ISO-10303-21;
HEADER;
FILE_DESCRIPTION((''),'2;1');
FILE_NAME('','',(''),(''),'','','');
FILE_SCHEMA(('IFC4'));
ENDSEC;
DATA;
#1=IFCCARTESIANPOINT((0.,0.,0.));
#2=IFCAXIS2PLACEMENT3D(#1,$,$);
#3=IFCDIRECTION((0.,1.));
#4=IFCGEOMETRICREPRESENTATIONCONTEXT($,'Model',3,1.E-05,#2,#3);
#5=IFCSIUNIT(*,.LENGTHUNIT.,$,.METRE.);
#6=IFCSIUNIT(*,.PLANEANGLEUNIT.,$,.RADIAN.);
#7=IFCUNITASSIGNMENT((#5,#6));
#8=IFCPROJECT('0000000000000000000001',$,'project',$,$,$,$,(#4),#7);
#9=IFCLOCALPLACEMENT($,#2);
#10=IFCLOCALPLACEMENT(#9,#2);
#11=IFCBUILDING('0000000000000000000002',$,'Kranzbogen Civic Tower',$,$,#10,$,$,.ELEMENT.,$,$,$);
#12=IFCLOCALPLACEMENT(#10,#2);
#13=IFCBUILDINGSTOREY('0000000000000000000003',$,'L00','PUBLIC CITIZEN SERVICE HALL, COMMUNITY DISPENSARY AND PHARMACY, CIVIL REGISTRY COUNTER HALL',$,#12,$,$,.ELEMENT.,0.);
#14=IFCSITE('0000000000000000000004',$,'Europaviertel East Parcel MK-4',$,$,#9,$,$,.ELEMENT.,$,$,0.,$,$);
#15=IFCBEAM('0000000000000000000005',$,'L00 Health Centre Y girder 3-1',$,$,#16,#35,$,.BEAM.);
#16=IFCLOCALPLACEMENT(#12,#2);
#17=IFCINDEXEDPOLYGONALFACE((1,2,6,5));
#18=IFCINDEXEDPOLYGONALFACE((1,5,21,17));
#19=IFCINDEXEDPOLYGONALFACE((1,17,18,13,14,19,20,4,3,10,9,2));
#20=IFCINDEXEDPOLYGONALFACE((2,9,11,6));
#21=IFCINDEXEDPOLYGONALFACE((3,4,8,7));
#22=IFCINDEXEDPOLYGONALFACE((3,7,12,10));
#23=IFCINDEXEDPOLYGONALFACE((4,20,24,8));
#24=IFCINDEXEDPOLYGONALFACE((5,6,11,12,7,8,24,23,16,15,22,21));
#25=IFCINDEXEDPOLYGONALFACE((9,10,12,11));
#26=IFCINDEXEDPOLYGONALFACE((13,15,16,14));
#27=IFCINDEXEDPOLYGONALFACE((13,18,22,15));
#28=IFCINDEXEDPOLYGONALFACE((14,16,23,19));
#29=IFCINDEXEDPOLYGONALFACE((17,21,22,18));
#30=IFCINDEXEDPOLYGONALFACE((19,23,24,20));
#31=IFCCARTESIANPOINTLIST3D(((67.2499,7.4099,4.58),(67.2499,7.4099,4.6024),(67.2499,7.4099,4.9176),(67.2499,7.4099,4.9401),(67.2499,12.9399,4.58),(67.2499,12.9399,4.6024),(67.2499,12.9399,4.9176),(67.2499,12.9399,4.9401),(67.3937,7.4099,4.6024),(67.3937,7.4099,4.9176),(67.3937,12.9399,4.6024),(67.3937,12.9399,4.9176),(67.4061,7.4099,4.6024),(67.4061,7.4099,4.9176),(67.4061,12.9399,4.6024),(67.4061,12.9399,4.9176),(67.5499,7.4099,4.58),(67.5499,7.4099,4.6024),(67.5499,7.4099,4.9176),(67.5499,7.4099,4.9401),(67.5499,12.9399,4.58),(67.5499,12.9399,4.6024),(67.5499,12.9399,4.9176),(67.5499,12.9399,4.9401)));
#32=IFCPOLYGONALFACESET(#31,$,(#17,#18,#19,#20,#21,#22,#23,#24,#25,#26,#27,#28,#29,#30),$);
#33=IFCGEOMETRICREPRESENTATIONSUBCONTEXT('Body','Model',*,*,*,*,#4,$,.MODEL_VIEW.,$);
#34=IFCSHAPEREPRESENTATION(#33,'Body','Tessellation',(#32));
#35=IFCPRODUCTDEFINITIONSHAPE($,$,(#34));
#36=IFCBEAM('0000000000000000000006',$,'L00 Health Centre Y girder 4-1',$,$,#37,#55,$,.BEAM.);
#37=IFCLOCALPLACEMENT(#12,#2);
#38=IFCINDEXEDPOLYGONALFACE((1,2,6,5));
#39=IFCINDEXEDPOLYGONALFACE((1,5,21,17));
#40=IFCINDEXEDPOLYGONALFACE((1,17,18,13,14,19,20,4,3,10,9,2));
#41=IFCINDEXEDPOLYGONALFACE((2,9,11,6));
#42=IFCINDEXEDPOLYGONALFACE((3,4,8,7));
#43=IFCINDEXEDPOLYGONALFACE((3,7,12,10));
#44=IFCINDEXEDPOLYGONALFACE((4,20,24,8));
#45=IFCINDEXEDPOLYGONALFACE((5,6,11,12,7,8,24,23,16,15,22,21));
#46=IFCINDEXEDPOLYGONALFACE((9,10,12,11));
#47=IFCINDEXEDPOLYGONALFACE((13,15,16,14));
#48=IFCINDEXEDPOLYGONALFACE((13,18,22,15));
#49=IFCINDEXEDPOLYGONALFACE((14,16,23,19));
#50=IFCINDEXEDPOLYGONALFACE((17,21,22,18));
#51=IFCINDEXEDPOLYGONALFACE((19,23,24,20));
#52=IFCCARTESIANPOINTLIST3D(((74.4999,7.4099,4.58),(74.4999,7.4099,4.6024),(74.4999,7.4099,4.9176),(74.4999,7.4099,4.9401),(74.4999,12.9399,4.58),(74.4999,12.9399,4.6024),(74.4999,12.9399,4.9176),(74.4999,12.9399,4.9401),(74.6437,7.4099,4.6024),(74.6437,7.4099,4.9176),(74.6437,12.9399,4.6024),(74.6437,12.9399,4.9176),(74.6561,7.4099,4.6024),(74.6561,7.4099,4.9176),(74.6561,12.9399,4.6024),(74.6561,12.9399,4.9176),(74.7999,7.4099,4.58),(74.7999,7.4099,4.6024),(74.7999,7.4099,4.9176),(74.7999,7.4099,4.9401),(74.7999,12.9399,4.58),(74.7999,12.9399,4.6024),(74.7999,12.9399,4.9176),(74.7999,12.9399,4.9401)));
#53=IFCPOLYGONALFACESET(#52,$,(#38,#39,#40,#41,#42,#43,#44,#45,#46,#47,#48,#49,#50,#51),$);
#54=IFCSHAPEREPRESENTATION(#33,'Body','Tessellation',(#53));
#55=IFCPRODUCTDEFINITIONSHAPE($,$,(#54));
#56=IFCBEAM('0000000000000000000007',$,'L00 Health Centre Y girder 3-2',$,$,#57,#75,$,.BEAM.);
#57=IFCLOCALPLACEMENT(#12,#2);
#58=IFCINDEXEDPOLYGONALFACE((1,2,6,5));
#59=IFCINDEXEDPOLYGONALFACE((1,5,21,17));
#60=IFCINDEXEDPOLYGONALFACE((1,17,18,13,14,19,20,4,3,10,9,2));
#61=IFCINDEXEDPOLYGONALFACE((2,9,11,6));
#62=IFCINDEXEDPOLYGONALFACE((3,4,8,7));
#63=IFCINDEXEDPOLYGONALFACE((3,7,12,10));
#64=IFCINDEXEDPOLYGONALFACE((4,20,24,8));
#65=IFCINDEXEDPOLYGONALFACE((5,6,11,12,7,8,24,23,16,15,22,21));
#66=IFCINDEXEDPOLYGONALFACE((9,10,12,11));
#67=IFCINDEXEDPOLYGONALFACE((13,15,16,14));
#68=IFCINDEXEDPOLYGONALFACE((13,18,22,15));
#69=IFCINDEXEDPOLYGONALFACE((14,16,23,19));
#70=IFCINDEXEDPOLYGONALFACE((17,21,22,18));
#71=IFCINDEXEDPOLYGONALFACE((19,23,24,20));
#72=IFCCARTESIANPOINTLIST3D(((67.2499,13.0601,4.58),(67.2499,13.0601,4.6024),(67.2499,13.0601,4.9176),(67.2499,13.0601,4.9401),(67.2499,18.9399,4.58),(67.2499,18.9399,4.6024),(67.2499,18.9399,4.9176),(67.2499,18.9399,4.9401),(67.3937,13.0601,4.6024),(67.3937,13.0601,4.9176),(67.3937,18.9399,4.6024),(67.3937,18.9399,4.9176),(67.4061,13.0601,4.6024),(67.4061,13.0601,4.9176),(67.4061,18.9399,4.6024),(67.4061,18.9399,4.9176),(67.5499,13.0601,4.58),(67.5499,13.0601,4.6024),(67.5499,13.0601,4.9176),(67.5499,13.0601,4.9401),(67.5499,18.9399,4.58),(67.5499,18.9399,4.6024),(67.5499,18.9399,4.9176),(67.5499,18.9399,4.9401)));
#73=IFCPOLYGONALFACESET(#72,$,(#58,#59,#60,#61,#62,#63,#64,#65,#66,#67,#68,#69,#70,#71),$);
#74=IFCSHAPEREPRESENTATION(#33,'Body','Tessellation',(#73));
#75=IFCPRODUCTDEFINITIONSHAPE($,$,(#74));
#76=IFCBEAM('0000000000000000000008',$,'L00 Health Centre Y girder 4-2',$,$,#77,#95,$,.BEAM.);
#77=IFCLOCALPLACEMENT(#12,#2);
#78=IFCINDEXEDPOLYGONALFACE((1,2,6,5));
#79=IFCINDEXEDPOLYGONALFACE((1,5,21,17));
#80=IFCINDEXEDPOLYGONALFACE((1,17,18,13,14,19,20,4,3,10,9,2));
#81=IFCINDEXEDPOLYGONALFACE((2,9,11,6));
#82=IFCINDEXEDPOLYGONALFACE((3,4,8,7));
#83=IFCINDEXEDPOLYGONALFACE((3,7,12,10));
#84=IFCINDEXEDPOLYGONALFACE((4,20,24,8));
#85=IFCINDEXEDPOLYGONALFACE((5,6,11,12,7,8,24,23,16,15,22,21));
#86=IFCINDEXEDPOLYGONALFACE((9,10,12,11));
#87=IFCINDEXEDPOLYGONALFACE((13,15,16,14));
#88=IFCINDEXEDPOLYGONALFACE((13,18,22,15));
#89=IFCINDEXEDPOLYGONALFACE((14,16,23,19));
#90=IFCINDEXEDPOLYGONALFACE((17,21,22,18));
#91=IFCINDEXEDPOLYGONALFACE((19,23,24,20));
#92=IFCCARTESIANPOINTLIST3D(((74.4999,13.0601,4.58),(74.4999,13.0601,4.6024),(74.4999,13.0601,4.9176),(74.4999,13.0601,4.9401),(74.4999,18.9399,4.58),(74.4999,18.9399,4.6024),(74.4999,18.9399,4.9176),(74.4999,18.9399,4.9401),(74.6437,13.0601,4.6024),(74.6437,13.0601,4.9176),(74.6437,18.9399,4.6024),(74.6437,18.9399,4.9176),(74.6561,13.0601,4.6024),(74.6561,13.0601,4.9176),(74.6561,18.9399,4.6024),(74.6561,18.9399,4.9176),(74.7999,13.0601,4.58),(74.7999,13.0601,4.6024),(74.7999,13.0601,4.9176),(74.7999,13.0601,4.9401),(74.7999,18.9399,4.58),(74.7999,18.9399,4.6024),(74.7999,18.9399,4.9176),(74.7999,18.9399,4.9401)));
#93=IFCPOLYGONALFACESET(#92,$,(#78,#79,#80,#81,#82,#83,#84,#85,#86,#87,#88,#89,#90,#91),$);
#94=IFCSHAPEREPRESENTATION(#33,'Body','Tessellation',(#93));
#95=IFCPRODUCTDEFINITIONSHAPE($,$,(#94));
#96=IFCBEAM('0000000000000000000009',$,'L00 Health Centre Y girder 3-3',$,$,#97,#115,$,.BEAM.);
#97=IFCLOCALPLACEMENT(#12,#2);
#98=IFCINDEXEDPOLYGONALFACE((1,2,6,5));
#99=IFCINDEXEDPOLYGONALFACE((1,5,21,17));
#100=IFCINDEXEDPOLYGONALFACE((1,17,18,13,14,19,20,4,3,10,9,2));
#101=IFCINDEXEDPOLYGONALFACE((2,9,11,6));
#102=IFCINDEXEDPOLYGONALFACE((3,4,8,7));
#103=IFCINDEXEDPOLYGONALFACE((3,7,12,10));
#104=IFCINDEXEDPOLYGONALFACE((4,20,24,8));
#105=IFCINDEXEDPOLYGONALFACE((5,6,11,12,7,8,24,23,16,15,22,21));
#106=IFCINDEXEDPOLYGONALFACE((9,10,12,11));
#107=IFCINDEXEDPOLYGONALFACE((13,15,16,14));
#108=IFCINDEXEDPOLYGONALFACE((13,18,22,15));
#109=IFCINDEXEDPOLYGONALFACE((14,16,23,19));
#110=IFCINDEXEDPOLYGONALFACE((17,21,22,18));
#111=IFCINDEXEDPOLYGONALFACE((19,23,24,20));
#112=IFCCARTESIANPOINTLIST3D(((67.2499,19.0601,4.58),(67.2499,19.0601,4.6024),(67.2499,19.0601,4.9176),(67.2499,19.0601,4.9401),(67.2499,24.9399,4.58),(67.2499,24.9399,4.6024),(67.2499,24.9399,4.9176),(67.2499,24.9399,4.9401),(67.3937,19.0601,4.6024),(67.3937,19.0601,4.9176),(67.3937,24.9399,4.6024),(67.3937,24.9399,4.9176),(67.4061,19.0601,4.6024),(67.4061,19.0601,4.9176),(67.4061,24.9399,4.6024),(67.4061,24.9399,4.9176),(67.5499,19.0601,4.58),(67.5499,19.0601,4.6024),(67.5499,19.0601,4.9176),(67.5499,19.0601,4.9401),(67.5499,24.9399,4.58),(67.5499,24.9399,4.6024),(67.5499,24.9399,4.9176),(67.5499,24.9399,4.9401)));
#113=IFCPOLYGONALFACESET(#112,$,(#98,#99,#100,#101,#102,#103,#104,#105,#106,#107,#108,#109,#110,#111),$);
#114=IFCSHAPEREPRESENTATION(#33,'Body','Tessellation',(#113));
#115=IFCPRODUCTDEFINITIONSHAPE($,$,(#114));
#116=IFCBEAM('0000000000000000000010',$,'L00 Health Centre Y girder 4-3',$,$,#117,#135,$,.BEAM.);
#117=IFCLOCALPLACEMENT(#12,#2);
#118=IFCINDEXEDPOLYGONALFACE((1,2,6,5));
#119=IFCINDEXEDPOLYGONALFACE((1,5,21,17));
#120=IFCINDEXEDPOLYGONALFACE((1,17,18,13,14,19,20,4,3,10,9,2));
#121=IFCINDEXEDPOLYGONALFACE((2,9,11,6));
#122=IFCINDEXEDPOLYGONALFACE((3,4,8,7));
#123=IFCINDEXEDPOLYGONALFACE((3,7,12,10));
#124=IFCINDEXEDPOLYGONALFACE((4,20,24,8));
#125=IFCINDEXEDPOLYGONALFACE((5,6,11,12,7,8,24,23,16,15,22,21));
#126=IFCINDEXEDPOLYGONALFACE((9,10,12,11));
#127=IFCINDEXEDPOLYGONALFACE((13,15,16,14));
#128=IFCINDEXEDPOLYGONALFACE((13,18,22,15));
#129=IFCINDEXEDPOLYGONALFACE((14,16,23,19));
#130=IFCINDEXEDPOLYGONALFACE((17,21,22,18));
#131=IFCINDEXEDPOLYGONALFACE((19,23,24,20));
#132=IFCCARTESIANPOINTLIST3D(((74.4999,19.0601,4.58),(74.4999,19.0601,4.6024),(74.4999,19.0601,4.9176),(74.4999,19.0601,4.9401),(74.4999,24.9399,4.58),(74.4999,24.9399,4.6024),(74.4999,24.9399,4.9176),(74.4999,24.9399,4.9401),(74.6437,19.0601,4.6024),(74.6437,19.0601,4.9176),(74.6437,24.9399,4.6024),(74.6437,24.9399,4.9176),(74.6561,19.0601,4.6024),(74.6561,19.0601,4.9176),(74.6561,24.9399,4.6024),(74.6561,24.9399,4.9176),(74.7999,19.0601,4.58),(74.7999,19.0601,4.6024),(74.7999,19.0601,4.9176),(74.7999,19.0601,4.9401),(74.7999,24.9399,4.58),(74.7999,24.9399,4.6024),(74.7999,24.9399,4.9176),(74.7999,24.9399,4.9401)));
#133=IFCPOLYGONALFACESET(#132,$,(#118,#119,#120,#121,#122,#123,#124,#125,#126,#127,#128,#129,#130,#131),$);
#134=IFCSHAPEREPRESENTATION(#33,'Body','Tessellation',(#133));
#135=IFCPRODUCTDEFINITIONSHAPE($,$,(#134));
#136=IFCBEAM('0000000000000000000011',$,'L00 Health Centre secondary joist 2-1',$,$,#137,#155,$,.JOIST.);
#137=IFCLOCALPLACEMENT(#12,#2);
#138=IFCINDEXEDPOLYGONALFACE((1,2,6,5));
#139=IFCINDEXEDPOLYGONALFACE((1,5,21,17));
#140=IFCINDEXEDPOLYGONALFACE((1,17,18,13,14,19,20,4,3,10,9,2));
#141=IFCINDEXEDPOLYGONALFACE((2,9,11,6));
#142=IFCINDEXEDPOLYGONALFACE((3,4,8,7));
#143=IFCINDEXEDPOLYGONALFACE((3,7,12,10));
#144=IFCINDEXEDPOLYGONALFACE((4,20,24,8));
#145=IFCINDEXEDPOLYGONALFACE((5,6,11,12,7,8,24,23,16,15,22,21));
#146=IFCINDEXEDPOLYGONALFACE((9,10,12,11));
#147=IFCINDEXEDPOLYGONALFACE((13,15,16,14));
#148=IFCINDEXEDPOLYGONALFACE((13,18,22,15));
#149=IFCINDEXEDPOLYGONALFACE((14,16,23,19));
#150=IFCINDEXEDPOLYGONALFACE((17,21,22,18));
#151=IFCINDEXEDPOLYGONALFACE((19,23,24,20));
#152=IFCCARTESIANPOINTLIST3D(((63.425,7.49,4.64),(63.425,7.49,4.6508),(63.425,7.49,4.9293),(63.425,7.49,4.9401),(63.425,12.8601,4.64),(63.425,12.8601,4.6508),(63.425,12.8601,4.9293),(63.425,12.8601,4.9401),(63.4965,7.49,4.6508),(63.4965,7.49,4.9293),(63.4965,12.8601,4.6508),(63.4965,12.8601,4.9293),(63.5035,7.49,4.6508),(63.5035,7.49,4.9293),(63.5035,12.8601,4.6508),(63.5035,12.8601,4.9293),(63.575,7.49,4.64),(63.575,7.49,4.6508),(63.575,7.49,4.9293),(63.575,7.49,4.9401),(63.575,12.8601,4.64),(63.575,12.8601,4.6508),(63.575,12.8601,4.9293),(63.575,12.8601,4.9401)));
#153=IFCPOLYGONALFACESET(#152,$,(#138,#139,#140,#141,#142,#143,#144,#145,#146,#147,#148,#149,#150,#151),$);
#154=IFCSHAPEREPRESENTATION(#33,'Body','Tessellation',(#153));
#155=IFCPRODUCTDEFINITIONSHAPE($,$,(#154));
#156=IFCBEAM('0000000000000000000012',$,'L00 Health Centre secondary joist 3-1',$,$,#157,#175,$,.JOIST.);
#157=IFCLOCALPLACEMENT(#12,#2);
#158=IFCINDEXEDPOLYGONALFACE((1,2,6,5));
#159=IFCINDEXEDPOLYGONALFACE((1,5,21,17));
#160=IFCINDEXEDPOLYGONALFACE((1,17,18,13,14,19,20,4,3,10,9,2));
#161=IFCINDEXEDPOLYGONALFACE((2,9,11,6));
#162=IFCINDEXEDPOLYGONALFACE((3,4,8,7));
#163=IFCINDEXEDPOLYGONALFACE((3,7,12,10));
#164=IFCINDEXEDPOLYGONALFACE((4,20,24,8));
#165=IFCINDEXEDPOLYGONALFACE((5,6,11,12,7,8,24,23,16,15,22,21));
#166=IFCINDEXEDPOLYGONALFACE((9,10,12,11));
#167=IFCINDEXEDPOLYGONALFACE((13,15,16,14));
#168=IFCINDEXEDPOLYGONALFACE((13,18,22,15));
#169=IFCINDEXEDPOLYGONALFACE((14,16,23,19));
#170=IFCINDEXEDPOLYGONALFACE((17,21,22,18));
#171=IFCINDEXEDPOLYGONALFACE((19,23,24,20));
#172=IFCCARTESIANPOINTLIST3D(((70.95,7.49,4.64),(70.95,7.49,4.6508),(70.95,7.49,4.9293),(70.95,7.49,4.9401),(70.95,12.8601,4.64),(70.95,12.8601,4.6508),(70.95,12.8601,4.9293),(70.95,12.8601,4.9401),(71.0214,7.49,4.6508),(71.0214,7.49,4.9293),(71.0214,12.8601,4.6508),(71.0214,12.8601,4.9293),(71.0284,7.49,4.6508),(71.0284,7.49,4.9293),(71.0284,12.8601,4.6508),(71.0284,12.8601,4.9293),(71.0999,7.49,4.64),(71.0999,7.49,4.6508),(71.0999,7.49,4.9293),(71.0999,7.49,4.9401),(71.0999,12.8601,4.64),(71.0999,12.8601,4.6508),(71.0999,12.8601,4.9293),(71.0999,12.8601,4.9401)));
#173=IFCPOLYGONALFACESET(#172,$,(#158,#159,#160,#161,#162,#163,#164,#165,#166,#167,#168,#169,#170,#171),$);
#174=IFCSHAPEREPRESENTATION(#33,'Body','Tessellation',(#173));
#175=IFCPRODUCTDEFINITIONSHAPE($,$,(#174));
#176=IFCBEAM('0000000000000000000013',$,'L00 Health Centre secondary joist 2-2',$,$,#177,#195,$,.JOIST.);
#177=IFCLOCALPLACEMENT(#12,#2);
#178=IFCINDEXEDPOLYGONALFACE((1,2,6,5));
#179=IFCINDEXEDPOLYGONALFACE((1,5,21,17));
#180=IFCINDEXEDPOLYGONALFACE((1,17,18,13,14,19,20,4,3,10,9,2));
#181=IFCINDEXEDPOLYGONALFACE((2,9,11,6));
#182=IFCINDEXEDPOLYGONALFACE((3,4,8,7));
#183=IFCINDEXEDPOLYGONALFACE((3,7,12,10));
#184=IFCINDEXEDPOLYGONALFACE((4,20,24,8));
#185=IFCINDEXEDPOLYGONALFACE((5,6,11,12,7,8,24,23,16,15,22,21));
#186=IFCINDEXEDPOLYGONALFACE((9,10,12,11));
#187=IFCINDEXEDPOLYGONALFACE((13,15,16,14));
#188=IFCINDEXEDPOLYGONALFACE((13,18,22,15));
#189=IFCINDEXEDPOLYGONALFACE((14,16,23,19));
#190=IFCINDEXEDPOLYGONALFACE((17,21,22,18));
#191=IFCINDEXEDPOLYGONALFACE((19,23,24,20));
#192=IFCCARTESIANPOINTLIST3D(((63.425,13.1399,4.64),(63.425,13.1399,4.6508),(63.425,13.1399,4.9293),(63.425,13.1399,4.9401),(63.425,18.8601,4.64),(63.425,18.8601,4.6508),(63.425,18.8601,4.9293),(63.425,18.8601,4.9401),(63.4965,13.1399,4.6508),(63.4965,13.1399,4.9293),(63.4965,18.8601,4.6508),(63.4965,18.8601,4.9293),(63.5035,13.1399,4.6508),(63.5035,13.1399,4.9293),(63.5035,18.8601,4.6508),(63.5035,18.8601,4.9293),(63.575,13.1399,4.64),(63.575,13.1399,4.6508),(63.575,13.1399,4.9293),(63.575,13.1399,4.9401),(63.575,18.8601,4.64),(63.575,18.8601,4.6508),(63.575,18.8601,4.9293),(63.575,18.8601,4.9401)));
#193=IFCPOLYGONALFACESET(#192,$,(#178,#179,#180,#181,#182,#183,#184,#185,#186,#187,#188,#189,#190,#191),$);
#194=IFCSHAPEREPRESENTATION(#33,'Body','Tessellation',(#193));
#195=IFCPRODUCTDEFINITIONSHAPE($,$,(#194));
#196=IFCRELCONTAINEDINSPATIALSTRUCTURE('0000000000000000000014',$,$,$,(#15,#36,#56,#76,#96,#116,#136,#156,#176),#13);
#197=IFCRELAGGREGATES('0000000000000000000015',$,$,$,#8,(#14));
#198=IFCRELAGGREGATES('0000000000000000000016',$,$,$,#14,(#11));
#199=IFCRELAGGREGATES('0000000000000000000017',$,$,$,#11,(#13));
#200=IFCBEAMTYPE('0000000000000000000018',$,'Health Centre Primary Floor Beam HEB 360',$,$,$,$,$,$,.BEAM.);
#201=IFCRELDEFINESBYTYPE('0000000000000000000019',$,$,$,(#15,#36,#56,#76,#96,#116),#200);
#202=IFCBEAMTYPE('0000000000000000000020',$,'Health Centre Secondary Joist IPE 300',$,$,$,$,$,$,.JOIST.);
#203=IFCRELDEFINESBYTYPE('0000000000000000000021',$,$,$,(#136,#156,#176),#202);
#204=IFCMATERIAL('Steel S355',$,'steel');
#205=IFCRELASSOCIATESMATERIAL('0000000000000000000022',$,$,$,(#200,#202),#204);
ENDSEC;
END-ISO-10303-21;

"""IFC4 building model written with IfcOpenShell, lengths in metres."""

from ifc_helpers import new_model, si_unit, direction, frame, origin, origin_2d, place, context, subcontext, project, spatial, i_section, extrude, material, material_profile, profile_set, type_object, element, save


model = new_model("IFC4")

# Units and contexts
model_context = context("Model", 3, precision=1e-05, world=origin(), true_north=direction((0.0, 1.0)))
body_context = subcontext(model_context, "Body", "Model", "MODEL_VIEW")
ifc_project = project(units=[si_unit("LENGTHUNIT", "METRE"), si_unit("PLANEANGLEUNIT", "RADIAN")], contexts=[model_context])

# Site, building, storey
site_placement = place(None, origin())
site = spatial("IfcSite", under=ifc_project, at=site_placement, Name="Europaviertel East Parcel MK-4", CompositionType="ELEMENT", RefElevation=0.0)
building_placement = place(site_placement, origin())
building = spatial("IfcBuilding", under=site, at=building_placement, Name="Kranzbogen Civic Tower", CompositionType="ELEMENT")
storey_placement = place(building_placement, origin())
storey = spatial("IfcBuildingStorey", under=building, at=storey_placement, Name="L00", Description="PUBLIC CITIZEN SERVICE HALL, COMMUNITY DISPENSARY AND PHARMACY, CIVIL REGISTRY COUNTER HALL", CompositionType="ELEMENT", Elevation=0.0)

# Shared definitions
ifc_material_1 = material(Name="Steel S355", Category="steel")

# Beams
ifc_material_profile_1 = material_profile(ifc_material_1, i_section(OverallWidth=0.3, OverallDepth=0.3601, WebThickness=0.0125, FlangeThickness=0.0225, at=origin_2d()), Name="HEB 360")
ifc_profile_set_1 = profile_set([ifc_material_profile_1], Name="Steel S355")
beam_type_1 = type_object("IfcBeamType", Name="Health Centre Primary Floor Beam HEB 360", PredefinedType="BEAM", material=ifc_profile_set_1)
for number, where, z_axis, x_axis, name in (
    (1, (67.3999, 7.4099, 4.76), (0.0, 1.0, 0.0), (-1.0, 0.0, 0.0), "L00 Health Centre Y girder 3-1"),
    (2, (74.6499, 7.4099, 4.76), (0.0, 1.0, 0.0), (-1.0, 0.0, 0.0), "L00 Health Centre Y girder 4-1"),
):
    element("IfcBeam", number, at=place(storey_placement, frame(where, z_axis=z_axis, x_axis=x_axis)), inside=storey, type_object=beam_type_1, Name=name, PredefinedType="BEAM", context=body_context, shape_type="SweptSolid", body=[
        extrude(i_section(OverallWidth=0.3, OverallDepth=0.3601, WebThickness=0.0125, FlangeThickness=0.0225, at=origin_2d()), origin(), (0.0, 0.0, 1.0), 5.53),
    ])
for number, where, z_axis, x_axis, name in (
    (3, (67.3999, 13.0601, 4.76), (0.0, 1.0, 0.0), (-1.0, 0.0, 0.0), "L00 Health Centre Y girder 3-2"),
    (4, (74.6499, 13.0601, 4.76), (0.0, 1.0, 0.0), (-1.0, 0.0, 0.0), "L00 Health Centre Y girder 4-2"),
    (5, (67.3999, 19.0601, 4.76), (0.0, 1.0, 0.0), (-1.0, 0.0, 0.0), "L00 Health Centre Y girder 3-3"),
    (6, (74.6499, 19.0601, 4.76), (0.0, 1.0, 0.0), (-1.0, 0.0, 0.0), "L00 Health Centre Y girder 4-3"),
):
    element("IfcBeam", number, at=place(storey_placement, frame(where, z_axis=z_axis, x_axis=x_axis)), inside=storey, type_object=beam_type_1, Name=name, PredefinedType="BEAM", context=body_context, shape_type="SweptSolid", body=[
        extrude(i_section(OverallWidth=0.3, OverallDepth=0.3601, WebThickness=0.0125, FlangeThickness=0.0225, at=origin_2d()), origin(), (0.0, 0.0, 1.0), 5.8799),
    ])
ifc_material_profile_2 = material_profile(ifc_material_1, i_section(OverallWidth=0.1499, OverallDepth=0.3, WebThickness=0.0071, FlangeThickness=0.0107, at=origin_2d()), Name="IPE 300")
ifc_profile_set_2 = profile_set([ifc_material_profile_2], Name="Steel S355")
beam_type_2 = type_object("IfcBeamType", Name="Health Centre Secondary Joist IPE 300", PredefinedType="JOIST", material=ifc_profile_set_2)
for number, where, z_axis, x_axis, name in (
    (7, (63.5, 7.49, 4.79), (0.0, 1.0, 0.0), (-1.0, 0.0, 0.0), "L00 Health Centre secondary joist 2-1"),
    (8, (71.0249, 7.49, 4.79), (0.0, 1.0, 0.0), (-1.0, 0.0, 0.0), "L00 Health Centre secondary joist 3-1"),
):
    element("IfcBeam", number, at=place(storey_placement, frame(where, z_axis=z_axis, x_axis=x_axis)), inside=storey, type_object=beam_type_2, Name=name, PredefinedType="JOIST", context=body_context, shape_type="SweptSolid", body=[
        extrude(i_section(OverallWidth=0.1499, OverallDepth=0.3, WebThickness=0.0071, FlangeThickness=0.0107, at=origin_2d()), origin(), (0.0, 0.0, 1.0), 5.3701),
    ])
for number, where, z_axis, x_axis, name in (
    (9, (63.5, 13.1399, 4.79), (0.0, 1.0, 0.0), (-1.0, 0.0, 0.0), "L00 Health Centre secondary joist 2-2"),
):
    element("IfcBeam", number, at=place(storey_placement, frame(where, z_axis=z_axis, x_axis=x_axis)), inside=storey, type_object=beam_type_2, Name=name, PredefinedType="JOIST", context=body_context, shape_type="SweptSolid", body=[
        extrude(i_section(OverallWidth=0.1499, OverallDepth=0.3, WebThickness=0.0071, FlangeThickness=0.0107, at=origin_2d()), origin(), (0.0, 0.0, 1.0), 5.7202),
    ])

save(model, "model.ifc")
